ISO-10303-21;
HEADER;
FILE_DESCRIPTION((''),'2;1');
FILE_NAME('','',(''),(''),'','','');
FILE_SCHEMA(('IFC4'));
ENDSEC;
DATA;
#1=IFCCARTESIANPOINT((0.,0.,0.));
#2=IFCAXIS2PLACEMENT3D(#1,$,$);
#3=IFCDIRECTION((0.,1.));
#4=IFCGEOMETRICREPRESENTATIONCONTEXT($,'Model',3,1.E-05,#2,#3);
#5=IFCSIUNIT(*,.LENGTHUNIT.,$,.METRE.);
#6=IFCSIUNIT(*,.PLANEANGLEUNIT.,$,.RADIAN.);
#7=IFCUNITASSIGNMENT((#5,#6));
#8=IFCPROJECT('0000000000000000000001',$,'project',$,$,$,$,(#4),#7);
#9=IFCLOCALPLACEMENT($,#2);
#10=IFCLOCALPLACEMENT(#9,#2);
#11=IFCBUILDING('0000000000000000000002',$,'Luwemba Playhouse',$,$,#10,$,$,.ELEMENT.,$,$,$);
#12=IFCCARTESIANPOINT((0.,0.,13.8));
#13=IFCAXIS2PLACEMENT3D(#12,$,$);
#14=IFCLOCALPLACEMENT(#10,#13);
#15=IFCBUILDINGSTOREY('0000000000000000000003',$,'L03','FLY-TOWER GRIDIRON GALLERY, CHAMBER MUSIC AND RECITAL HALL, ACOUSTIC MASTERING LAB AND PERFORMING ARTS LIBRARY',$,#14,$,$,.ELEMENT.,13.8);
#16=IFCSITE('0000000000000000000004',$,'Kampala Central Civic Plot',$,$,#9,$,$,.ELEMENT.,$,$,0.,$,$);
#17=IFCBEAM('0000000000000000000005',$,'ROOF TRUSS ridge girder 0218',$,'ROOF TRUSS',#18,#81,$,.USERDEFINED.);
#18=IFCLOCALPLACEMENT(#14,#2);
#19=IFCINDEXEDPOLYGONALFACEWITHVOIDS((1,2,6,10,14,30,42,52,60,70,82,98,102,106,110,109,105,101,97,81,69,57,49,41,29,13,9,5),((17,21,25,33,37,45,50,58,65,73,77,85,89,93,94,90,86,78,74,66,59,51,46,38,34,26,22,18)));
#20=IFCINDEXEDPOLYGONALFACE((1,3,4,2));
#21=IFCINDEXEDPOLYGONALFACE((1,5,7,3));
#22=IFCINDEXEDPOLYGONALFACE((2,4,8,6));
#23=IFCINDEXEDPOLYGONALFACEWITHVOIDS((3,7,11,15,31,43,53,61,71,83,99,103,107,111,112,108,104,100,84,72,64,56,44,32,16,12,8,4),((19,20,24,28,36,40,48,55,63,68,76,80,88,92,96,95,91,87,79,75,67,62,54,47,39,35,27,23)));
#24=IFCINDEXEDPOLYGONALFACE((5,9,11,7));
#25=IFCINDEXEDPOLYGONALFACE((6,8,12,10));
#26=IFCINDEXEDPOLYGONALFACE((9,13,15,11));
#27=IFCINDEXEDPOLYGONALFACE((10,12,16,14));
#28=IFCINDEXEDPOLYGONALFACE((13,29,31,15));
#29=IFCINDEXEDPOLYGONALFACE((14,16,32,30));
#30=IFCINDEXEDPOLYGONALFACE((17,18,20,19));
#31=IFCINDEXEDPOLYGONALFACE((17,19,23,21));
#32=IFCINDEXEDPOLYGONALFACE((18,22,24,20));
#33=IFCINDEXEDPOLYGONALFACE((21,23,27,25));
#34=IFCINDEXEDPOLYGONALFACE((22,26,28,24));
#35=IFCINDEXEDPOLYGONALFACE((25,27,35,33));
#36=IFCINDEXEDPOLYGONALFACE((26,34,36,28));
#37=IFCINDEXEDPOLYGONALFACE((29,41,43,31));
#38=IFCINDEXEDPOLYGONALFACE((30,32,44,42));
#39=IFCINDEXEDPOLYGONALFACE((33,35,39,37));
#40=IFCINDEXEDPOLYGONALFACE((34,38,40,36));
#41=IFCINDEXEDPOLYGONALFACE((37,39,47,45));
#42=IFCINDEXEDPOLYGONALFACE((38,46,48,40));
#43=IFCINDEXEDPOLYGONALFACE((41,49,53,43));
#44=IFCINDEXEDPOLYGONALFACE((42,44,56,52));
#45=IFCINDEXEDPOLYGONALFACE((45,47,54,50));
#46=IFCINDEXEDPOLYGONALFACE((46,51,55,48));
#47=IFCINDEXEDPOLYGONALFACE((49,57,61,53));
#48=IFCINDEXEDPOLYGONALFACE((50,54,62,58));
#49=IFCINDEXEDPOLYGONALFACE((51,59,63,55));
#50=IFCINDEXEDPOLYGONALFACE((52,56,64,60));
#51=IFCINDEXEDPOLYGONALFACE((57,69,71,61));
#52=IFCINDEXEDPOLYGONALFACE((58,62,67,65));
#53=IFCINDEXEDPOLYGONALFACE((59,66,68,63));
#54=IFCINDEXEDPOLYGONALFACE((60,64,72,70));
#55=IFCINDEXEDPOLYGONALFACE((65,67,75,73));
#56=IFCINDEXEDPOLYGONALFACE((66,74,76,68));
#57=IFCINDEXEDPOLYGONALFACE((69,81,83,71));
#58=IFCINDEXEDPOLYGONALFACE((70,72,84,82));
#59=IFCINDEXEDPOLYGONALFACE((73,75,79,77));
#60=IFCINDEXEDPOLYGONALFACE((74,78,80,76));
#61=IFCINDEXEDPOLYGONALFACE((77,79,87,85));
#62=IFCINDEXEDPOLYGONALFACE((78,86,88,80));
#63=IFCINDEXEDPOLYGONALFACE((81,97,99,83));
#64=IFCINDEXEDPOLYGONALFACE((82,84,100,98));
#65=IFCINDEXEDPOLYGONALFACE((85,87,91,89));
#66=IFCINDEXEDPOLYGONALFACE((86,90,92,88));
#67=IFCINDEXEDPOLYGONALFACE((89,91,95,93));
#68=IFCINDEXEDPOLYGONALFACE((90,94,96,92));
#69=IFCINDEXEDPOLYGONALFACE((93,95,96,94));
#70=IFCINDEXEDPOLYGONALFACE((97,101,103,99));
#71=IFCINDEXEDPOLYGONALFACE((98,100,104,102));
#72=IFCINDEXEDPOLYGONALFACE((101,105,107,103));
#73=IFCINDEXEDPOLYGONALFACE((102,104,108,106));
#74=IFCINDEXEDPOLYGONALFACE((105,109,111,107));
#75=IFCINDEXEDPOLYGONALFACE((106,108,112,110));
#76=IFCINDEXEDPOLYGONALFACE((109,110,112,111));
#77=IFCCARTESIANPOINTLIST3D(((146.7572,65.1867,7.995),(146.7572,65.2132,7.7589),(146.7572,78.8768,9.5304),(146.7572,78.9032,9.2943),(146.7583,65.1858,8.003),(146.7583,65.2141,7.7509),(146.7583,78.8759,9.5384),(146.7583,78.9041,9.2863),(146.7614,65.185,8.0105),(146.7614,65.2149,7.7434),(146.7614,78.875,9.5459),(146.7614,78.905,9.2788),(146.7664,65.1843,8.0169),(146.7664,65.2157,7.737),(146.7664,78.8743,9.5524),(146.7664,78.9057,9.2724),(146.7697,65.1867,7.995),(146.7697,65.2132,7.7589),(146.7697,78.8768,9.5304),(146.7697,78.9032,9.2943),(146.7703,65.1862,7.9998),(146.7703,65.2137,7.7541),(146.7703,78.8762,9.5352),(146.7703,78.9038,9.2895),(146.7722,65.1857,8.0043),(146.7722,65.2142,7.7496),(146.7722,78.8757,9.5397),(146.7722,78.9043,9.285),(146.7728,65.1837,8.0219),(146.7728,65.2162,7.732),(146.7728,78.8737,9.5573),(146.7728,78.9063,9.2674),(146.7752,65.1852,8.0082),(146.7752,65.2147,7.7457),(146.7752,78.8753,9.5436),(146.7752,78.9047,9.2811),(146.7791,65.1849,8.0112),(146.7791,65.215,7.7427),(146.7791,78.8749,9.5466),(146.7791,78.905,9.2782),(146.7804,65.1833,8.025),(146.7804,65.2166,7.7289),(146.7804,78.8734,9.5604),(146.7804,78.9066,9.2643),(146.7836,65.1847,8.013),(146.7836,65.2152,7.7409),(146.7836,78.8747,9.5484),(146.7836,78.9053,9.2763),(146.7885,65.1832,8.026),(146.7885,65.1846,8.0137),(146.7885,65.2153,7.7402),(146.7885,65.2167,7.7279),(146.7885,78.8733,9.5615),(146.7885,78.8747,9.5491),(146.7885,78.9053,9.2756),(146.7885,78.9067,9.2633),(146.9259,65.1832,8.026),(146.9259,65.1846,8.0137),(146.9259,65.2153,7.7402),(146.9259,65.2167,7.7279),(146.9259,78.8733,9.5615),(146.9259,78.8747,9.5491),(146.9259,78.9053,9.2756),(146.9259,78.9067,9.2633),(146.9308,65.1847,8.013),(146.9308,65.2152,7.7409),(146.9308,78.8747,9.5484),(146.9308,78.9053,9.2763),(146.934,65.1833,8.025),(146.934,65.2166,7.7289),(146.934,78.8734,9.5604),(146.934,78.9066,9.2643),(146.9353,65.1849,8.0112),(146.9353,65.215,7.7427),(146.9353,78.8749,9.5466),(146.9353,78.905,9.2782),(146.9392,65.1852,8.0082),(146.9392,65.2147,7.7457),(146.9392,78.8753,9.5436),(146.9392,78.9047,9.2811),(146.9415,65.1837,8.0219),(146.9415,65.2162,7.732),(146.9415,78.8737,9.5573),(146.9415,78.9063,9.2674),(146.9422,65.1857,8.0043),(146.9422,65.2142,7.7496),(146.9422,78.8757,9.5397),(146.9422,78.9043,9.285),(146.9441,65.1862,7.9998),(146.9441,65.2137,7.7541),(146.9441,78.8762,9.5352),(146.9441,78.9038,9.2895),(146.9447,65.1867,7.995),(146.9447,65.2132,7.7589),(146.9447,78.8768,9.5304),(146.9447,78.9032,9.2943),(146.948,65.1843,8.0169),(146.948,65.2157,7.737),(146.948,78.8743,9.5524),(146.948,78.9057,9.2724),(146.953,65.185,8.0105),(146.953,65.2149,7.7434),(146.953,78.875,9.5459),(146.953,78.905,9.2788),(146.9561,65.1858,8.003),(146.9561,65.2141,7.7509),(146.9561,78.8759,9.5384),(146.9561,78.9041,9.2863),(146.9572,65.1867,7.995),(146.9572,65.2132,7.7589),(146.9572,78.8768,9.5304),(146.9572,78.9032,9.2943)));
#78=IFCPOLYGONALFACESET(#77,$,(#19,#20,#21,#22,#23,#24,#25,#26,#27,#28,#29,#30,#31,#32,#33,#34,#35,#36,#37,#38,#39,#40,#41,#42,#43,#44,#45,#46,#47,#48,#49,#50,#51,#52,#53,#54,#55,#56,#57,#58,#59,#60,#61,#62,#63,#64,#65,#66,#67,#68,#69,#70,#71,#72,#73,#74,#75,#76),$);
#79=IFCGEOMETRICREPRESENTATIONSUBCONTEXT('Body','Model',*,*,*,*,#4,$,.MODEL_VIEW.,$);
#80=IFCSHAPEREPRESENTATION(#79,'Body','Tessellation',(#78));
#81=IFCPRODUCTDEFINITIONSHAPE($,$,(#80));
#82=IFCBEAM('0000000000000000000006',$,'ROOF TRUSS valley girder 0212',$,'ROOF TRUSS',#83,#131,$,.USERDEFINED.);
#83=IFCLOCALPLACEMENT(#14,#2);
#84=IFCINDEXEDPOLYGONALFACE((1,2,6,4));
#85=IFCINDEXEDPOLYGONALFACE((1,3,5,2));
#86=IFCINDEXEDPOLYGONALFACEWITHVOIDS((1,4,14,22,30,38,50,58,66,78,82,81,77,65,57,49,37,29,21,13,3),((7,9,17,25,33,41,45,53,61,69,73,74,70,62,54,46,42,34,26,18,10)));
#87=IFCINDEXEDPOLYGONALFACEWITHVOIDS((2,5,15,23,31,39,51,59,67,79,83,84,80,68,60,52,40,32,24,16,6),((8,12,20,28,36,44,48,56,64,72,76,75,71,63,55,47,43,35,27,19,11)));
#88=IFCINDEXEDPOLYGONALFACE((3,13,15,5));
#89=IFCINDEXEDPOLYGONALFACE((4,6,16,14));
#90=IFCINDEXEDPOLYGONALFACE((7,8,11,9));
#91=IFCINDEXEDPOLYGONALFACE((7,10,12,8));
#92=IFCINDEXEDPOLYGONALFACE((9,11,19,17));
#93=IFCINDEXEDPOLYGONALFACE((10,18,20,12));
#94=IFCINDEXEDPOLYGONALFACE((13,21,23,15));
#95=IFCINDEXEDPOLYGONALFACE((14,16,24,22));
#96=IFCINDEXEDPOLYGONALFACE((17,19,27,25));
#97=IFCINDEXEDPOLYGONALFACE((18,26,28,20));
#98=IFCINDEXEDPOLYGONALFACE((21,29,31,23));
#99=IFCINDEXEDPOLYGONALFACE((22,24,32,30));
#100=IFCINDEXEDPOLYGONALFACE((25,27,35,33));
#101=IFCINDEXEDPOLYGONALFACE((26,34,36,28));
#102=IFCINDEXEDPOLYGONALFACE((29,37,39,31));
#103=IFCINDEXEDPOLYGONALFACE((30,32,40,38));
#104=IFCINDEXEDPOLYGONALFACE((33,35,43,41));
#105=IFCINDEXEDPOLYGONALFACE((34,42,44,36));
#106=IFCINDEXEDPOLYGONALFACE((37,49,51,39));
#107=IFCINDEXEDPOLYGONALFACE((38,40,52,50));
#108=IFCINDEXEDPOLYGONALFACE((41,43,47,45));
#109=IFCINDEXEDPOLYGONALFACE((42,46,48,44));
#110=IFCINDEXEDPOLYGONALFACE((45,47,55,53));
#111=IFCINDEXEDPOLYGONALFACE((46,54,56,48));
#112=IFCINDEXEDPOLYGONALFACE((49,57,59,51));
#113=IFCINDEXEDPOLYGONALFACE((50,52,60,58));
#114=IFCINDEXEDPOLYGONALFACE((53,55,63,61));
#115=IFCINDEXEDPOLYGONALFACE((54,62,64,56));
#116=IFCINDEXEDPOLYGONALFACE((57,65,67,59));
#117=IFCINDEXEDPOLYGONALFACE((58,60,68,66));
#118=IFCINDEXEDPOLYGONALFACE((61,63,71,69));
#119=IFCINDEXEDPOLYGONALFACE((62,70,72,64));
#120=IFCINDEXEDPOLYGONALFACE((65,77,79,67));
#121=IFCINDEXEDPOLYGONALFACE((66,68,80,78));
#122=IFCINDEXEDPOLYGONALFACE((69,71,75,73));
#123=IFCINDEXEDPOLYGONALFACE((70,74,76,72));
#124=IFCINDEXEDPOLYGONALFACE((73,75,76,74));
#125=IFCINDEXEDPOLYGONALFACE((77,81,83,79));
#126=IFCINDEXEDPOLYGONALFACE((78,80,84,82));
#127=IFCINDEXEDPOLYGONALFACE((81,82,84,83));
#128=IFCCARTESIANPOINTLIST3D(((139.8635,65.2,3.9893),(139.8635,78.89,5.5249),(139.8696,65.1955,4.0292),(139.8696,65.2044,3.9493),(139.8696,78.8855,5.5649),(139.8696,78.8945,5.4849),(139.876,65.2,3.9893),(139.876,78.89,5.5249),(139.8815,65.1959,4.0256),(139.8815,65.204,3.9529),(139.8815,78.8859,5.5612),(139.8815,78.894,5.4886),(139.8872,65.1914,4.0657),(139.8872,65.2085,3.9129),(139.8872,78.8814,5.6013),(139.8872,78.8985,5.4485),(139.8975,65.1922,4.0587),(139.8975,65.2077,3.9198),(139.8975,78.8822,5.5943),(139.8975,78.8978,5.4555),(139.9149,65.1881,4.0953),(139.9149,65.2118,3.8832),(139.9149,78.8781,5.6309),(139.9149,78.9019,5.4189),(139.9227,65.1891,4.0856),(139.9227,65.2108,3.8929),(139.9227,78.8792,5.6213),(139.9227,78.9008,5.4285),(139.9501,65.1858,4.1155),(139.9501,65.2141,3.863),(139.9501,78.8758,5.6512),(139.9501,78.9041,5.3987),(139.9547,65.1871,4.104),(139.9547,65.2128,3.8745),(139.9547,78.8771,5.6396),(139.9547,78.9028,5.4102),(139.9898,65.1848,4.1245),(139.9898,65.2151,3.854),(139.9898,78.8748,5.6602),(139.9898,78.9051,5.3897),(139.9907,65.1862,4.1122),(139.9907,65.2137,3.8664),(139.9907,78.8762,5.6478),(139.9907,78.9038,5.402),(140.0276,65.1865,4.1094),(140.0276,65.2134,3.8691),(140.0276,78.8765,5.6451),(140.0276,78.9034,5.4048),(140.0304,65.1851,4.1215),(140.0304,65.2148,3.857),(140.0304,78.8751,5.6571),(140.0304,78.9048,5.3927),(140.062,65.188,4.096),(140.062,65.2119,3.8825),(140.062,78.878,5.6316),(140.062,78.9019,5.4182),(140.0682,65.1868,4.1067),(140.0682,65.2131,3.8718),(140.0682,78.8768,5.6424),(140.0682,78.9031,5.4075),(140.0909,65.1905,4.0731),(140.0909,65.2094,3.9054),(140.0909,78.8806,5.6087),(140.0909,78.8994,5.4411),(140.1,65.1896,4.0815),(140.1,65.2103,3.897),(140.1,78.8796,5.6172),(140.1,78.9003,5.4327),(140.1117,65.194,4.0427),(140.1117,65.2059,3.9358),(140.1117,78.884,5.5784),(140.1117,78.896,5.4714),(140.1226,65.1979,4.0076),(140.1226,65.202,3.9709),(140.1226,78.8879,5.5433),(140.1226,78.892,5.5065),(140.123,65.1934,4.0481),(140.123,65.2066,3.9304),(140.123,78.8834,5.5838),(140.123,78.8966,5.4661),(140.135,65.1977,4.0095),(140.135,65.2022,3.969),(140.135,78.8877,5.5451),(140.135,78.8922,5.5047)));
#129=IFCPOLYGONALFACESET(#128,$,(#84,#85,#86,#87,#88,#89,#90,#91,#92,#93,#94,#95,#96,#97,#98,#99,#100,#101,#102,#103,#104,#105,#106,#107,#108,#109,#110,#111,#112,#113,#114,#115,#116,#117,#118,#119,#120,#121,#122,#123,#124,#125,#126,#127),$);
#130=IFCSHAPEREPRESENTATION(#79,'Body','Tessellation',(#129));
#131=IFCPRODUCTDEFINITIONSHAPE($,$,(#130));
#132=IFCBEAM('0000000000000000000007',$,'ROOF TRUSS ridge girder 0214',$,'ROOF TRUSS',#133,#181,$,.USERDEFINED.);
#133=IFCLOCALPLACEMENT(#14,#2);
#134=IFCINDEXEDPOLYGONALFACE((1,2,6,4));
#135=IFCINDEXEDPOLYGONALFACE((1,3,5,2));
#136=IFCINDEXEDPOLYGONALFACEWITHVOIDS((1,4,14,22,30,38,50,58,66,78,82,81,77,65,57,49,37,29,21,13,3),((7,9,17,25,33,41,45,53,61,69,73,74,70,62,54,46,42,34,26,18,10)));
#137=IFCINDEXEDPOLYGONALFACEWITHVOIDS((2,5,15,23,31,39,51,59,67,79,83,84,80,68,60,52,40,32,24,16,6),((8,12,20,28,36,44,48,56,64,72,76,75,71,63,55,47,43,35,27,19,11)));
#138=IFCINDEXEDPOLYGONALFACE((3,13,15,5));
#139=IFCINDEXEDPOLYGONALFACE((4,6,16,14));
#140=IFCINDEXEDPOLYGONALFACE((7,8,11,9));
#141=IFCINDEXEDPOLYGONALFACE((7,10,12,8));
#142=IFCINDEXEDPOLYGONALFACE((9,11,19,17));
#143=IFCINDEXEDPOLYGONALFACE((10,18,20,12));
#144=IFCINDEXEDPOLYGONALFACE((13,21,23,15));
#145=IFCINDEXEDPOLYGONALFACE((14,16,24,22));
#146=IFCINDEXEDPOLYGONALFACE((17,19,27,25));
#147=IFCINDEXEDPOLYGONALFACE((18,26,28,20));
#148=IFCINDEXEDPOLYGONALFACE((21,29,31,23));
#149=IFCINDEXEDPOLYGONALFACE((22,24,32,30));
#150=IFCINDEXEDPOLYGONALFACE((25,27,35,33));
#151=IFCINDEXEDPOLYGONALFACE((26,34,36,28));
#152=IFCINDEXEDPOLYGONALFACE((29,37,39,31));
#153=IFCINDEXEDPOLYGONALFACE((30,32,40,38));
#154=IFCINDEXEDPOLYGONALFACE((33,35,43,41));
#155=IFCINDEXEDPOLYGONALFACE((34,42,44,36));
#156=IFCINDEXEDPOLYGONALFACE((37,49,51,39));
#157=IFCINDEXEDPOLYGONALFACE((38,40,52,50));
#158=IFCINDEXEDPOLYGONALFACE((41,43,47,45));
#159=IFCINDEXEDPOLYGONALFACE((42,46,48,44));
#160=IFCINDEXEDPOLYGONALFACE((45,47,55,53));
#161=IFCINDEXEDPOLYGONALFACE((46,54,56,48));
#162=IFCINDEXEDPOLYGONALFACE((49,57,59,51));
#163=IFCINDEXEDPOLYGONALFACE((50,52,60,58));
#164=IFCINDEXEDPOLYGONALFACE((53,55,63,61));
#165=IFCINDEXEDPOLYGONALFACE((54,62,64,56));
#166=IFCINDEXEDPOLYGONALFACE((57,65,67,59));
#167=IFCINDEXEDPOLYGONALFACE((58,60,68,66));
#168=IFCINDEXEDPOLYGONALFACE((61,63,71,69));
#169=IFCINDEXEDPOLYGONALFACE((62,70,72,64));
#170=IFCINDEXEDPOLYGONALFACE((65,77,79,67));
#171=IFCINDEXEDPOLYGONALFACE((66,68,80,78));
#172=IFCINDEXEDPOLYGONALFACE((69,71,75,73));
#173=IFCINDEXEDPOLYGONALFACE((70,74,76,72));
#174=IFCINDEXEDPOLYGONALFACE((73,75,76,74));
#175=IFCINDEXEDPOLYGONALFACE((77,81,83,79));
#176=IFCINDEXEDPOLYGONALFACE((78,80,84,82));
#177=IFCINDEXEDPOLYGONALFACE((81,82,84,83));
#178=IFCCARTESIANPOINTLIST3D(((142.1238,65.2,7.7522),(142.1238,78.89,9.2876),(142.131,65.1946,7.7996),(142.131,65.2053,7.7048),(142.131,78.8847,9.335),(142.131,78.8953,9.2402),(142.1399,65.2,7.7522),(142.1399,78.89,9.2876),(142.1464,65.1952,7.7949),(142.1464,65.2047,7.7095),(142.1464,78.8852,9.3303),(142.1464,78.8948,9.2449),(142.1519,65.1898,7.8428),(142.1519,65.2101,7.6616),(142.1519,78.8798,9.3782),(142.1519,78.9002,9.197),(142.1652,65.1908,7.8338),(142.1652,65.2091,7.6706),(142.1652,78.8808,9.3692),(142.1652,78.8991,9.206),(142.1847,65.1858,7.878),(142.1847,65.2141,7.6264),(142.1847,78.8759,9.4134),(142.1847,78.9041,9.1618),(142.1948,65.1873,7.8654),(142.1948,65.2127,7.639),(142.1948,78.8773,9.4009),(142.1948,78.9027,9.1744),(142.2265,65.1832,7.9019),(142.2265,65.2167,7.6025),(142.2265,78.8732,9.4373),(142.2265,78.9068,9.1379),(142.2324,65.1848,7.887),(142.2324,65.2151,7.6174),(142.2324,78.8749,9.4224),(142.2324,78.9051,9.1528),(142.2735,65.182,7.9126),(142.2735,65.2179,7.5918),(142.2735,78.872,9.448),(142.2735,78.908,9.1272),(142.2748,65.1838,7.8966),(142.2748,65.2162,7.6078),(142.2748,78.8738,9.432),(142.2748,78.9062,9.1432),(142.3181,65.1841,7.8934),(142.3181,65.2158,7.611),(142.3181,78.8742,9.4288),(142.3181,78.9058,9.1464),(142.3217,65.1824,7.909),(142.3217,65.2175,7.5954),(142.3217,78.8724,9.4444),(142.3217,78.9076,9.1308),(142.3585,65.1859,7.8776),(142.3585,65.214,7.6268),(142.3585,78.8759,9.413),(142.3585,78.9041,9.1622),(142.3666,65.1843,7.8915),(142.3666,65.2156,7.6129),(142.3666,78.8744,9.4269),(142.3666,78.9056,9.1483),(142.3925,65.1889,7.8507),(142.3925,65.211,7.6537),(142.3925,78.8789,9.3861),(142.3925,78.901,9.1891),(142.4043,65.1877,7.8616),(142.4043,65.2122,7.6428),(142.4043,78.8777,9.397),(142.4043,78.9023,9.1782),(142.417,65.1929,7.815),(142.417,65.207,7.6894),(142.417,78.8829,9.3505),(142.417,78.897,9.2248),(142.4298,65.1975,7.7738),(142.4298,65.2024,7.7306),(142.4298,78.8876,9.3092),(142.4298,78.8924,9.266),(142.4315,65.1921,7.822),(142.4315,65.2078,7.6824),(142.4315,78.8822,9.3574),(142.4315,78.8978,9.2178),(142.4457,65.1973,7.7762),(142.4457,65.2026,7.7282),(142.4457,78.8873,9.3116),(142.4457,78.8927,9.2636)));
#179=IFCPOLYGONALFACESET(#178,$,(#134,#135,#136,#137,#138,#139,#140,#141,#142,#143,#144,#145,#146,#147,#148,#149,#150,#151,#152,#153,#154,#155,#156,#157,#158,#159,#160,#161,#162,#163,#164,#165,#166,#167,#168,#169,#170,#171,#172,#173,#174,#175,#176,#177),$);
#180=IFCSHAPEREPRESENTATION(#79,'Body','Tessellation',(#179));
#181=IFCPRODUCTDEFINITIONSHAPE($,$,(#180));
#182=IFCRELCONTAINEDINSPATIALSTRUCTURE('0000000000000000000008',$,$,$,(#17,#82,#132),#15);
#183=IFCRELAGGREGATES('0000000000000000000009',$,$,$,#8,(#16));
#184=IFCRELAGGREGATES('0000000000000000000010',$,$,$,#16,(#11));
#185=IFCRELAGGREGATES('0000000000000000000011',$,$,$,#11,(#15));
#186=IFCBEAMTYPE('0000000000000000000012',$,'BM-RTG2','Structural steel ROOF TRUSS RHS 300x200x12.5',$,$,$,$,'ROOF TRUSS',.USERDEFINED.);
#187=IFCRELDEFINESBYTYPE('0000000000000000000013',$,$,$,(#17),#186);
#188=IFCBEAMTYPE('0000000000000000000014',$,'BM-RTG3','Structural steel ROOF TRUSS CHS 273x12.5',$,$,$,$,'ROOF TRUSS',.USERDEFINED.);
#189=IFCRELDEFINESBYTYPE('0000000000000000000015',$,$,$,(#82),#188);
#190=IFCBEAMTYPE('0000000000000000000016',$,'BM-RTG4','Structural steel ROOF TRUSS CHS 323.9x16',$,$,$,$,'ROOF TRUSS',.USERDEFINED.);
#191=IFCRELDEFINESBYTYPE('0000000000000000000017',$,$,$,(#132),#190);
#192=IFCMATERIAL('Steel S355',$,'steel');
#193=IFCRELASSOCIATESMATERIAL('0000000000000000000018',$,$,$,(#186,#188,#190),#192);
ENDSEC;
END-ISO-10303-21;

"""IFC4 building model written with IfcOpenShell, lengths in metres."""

from ifc_helpers import new_model, si_unit, direction, frame, origin, origin_2d, place, context, subcontext, project, spatial, hollow_rectangle, hollow_circle, extrude, material, material_profile, profile_set, type_object, element, save


model = new_model("IFC4")

# Units and contexts
model_context = context("Model", 3, precision=1e-05, world=origin(), true_north=direction((0.0, 1.0)))
body_context = subcontext(model_context, "Body", "Model", "MODEL_VIEW")
ifc_project = project(units=[si_unit("LENGTHUNIT", "METRE"), si_unit("PLANEANGLEUNIT", "RADIAN")], contexts=[model_context])

# Site, building, storey
site_placement = place(None, origin())
site = spatial("IfcSite", under=ifc_project, at=site_placement, Name="Kampala Central Civic Plot", CompositionType="ELEMENT", RefElevation=0.0)
building_placement = place(site_placement, origin())
building = spatial("IfcBuilding", under=site, at=building_placement, Name="Luwemba Playhouse", CompositionType="ELEMENT")
storey_placement = place(building_placement, frame((0.0, 0.0, 13.8)))
storey = spatial("IfcBuildingStorey", under=building, at=storey_placement, Name="L03", Description="FLY-TOWER GRIDIRON GALLERY, CHAMBER MUSIC AND RECITAL HALL, ACOUSTIC MASTERING LAB AND PERFORMING ARTS LIBRARY", CompositionType="ELEMENT", Elevation=13.8)

# Shared definitions
ifc_material_1 = material(Name="Steel S355", Category="steel")

# Beams
ifc_material_profile_1 = material_profile(ifc_material_1, hollow_rectangle(XDim=0.2, YDim=0.3, WallThickness=0.0125, InnerFilletRadius=0.0188, OuterFilletRadius=0.0312, at=origin_2d()))
ifc_profile_set_1 = profile_set([ifc_material_profile_1], Name="Steel S355")
beam_type_1 = type_object("IfcBeamType", Name="BM-RTG2", Description="Structural steel ROOF TRUSS RHS 300x200x12.5", ElementType="ROOF TRUSS", PredefinedType="USERDEFINED", material=ifc_profile_set_1)
beam_1_placement = place(storey_placement, frame((146.8572, 65.2, 7.877), z_axis=(0.0, 0.993769, 0.111457), x_axis=(-1.0, 0.0, 0.0)))
element("IfcBeam", 1, at=beam_1_placement, inside=storey, type_object=beam_type_1, Name="ROOF TRUSS ridge girder 0218", ObjectType="ROOF TRUSS", PredefinedType="USERDEFINED", context=body_context, shape_type="SweptSolid", body=[
    extrude(hollow_rectangle(XDim=0.2, YDim=0.3, WallThickness=0.0125, InnerFilletRadius=0.0188, OuterFilletRadius=0.0312, at=origin_2d()), origin(), (0.0, 0.0, 1.0), 13.7759),
])
ifc_material_profile_2 = material_profile(ifc_material_1, hollow_circle(Radius=0.1365, WallThickness=0.0125, at=origin_2d()))
ifc_profile_set_2 = profile_set([ifc_material_profile_2], Name="Steel S355")
beam_type_2 = type_object("IfcBeamType", Name="BM-RTG3", Description="Structural steel ROOF TRUSS CHS 273x12.5", ElementType="ROOF TRUSS", PredefinedType="USERDEFINED", material=ifc_profile_set_2)
beam_2_placement = place(storey_placement, frame((140.0, 65.2, 3.9893), z_axis=(0.0, 0.993767, 0.111474), x_axis=(-1.0, 0.0, 0.0)))
element("IfcBeam", 2, at=beam_2_placement, inside=storey, type_object=beam_type_2, Name="ROOF TRUSS valley girder 0212", ObjectType="ROOF TRUSS", PredefinedType="USERDEFINED", context=body_context, shape_type="SweptSolid", body=[
    extrude(hollow_circle(Radius=0.1365, WallThickness=0.0125, at=origin_2d()), origin(), (0.0, 0.0, 1.0), 13.7759),
])
ifc_material_profile_3 = material_profile(ifc_material_1, hollow_circle(Radius=0.1619, WallThickness=0.0161, at=origin_2d()))
ifc_profile_set_3 = profile_set([ifc_material_profile_3], Name="Steel S355")
beam_type_3 = type_object("IfcBeamType", Name="BM-RTG4", Description="Structural steel ROOF TRUSS CHS 323.9x16", ElementType="ROOF TRUSS", PredefinedType="USERDEFINED", material=ifc_profile_set_3)
beam_3_placement = place(storey_placement, frame((142.2856, 65.2, 7.7522), z_axis=(0.0, 0.993769, 0.111457), x_axis=(-1.0, 0.0, 0.0)))
element("IfcBeam", 3, at=beam_3_placement, inside=storey, type_object=beam_type_3, Name="ROOF TRUSS ridge girder 0214", ObjectType="ROOF TRUSS", PredefinedType="USERDEFINED", context=body_context, shape_type="SweptSolid", body=[
    extrude(hollow_circle(Radius=0.1619, WallThickness=0.0161, at=origin_2d()), origin(), (0.0, 0.0, 1.0), 13.7759),
])

save(model, "model.ifc")
